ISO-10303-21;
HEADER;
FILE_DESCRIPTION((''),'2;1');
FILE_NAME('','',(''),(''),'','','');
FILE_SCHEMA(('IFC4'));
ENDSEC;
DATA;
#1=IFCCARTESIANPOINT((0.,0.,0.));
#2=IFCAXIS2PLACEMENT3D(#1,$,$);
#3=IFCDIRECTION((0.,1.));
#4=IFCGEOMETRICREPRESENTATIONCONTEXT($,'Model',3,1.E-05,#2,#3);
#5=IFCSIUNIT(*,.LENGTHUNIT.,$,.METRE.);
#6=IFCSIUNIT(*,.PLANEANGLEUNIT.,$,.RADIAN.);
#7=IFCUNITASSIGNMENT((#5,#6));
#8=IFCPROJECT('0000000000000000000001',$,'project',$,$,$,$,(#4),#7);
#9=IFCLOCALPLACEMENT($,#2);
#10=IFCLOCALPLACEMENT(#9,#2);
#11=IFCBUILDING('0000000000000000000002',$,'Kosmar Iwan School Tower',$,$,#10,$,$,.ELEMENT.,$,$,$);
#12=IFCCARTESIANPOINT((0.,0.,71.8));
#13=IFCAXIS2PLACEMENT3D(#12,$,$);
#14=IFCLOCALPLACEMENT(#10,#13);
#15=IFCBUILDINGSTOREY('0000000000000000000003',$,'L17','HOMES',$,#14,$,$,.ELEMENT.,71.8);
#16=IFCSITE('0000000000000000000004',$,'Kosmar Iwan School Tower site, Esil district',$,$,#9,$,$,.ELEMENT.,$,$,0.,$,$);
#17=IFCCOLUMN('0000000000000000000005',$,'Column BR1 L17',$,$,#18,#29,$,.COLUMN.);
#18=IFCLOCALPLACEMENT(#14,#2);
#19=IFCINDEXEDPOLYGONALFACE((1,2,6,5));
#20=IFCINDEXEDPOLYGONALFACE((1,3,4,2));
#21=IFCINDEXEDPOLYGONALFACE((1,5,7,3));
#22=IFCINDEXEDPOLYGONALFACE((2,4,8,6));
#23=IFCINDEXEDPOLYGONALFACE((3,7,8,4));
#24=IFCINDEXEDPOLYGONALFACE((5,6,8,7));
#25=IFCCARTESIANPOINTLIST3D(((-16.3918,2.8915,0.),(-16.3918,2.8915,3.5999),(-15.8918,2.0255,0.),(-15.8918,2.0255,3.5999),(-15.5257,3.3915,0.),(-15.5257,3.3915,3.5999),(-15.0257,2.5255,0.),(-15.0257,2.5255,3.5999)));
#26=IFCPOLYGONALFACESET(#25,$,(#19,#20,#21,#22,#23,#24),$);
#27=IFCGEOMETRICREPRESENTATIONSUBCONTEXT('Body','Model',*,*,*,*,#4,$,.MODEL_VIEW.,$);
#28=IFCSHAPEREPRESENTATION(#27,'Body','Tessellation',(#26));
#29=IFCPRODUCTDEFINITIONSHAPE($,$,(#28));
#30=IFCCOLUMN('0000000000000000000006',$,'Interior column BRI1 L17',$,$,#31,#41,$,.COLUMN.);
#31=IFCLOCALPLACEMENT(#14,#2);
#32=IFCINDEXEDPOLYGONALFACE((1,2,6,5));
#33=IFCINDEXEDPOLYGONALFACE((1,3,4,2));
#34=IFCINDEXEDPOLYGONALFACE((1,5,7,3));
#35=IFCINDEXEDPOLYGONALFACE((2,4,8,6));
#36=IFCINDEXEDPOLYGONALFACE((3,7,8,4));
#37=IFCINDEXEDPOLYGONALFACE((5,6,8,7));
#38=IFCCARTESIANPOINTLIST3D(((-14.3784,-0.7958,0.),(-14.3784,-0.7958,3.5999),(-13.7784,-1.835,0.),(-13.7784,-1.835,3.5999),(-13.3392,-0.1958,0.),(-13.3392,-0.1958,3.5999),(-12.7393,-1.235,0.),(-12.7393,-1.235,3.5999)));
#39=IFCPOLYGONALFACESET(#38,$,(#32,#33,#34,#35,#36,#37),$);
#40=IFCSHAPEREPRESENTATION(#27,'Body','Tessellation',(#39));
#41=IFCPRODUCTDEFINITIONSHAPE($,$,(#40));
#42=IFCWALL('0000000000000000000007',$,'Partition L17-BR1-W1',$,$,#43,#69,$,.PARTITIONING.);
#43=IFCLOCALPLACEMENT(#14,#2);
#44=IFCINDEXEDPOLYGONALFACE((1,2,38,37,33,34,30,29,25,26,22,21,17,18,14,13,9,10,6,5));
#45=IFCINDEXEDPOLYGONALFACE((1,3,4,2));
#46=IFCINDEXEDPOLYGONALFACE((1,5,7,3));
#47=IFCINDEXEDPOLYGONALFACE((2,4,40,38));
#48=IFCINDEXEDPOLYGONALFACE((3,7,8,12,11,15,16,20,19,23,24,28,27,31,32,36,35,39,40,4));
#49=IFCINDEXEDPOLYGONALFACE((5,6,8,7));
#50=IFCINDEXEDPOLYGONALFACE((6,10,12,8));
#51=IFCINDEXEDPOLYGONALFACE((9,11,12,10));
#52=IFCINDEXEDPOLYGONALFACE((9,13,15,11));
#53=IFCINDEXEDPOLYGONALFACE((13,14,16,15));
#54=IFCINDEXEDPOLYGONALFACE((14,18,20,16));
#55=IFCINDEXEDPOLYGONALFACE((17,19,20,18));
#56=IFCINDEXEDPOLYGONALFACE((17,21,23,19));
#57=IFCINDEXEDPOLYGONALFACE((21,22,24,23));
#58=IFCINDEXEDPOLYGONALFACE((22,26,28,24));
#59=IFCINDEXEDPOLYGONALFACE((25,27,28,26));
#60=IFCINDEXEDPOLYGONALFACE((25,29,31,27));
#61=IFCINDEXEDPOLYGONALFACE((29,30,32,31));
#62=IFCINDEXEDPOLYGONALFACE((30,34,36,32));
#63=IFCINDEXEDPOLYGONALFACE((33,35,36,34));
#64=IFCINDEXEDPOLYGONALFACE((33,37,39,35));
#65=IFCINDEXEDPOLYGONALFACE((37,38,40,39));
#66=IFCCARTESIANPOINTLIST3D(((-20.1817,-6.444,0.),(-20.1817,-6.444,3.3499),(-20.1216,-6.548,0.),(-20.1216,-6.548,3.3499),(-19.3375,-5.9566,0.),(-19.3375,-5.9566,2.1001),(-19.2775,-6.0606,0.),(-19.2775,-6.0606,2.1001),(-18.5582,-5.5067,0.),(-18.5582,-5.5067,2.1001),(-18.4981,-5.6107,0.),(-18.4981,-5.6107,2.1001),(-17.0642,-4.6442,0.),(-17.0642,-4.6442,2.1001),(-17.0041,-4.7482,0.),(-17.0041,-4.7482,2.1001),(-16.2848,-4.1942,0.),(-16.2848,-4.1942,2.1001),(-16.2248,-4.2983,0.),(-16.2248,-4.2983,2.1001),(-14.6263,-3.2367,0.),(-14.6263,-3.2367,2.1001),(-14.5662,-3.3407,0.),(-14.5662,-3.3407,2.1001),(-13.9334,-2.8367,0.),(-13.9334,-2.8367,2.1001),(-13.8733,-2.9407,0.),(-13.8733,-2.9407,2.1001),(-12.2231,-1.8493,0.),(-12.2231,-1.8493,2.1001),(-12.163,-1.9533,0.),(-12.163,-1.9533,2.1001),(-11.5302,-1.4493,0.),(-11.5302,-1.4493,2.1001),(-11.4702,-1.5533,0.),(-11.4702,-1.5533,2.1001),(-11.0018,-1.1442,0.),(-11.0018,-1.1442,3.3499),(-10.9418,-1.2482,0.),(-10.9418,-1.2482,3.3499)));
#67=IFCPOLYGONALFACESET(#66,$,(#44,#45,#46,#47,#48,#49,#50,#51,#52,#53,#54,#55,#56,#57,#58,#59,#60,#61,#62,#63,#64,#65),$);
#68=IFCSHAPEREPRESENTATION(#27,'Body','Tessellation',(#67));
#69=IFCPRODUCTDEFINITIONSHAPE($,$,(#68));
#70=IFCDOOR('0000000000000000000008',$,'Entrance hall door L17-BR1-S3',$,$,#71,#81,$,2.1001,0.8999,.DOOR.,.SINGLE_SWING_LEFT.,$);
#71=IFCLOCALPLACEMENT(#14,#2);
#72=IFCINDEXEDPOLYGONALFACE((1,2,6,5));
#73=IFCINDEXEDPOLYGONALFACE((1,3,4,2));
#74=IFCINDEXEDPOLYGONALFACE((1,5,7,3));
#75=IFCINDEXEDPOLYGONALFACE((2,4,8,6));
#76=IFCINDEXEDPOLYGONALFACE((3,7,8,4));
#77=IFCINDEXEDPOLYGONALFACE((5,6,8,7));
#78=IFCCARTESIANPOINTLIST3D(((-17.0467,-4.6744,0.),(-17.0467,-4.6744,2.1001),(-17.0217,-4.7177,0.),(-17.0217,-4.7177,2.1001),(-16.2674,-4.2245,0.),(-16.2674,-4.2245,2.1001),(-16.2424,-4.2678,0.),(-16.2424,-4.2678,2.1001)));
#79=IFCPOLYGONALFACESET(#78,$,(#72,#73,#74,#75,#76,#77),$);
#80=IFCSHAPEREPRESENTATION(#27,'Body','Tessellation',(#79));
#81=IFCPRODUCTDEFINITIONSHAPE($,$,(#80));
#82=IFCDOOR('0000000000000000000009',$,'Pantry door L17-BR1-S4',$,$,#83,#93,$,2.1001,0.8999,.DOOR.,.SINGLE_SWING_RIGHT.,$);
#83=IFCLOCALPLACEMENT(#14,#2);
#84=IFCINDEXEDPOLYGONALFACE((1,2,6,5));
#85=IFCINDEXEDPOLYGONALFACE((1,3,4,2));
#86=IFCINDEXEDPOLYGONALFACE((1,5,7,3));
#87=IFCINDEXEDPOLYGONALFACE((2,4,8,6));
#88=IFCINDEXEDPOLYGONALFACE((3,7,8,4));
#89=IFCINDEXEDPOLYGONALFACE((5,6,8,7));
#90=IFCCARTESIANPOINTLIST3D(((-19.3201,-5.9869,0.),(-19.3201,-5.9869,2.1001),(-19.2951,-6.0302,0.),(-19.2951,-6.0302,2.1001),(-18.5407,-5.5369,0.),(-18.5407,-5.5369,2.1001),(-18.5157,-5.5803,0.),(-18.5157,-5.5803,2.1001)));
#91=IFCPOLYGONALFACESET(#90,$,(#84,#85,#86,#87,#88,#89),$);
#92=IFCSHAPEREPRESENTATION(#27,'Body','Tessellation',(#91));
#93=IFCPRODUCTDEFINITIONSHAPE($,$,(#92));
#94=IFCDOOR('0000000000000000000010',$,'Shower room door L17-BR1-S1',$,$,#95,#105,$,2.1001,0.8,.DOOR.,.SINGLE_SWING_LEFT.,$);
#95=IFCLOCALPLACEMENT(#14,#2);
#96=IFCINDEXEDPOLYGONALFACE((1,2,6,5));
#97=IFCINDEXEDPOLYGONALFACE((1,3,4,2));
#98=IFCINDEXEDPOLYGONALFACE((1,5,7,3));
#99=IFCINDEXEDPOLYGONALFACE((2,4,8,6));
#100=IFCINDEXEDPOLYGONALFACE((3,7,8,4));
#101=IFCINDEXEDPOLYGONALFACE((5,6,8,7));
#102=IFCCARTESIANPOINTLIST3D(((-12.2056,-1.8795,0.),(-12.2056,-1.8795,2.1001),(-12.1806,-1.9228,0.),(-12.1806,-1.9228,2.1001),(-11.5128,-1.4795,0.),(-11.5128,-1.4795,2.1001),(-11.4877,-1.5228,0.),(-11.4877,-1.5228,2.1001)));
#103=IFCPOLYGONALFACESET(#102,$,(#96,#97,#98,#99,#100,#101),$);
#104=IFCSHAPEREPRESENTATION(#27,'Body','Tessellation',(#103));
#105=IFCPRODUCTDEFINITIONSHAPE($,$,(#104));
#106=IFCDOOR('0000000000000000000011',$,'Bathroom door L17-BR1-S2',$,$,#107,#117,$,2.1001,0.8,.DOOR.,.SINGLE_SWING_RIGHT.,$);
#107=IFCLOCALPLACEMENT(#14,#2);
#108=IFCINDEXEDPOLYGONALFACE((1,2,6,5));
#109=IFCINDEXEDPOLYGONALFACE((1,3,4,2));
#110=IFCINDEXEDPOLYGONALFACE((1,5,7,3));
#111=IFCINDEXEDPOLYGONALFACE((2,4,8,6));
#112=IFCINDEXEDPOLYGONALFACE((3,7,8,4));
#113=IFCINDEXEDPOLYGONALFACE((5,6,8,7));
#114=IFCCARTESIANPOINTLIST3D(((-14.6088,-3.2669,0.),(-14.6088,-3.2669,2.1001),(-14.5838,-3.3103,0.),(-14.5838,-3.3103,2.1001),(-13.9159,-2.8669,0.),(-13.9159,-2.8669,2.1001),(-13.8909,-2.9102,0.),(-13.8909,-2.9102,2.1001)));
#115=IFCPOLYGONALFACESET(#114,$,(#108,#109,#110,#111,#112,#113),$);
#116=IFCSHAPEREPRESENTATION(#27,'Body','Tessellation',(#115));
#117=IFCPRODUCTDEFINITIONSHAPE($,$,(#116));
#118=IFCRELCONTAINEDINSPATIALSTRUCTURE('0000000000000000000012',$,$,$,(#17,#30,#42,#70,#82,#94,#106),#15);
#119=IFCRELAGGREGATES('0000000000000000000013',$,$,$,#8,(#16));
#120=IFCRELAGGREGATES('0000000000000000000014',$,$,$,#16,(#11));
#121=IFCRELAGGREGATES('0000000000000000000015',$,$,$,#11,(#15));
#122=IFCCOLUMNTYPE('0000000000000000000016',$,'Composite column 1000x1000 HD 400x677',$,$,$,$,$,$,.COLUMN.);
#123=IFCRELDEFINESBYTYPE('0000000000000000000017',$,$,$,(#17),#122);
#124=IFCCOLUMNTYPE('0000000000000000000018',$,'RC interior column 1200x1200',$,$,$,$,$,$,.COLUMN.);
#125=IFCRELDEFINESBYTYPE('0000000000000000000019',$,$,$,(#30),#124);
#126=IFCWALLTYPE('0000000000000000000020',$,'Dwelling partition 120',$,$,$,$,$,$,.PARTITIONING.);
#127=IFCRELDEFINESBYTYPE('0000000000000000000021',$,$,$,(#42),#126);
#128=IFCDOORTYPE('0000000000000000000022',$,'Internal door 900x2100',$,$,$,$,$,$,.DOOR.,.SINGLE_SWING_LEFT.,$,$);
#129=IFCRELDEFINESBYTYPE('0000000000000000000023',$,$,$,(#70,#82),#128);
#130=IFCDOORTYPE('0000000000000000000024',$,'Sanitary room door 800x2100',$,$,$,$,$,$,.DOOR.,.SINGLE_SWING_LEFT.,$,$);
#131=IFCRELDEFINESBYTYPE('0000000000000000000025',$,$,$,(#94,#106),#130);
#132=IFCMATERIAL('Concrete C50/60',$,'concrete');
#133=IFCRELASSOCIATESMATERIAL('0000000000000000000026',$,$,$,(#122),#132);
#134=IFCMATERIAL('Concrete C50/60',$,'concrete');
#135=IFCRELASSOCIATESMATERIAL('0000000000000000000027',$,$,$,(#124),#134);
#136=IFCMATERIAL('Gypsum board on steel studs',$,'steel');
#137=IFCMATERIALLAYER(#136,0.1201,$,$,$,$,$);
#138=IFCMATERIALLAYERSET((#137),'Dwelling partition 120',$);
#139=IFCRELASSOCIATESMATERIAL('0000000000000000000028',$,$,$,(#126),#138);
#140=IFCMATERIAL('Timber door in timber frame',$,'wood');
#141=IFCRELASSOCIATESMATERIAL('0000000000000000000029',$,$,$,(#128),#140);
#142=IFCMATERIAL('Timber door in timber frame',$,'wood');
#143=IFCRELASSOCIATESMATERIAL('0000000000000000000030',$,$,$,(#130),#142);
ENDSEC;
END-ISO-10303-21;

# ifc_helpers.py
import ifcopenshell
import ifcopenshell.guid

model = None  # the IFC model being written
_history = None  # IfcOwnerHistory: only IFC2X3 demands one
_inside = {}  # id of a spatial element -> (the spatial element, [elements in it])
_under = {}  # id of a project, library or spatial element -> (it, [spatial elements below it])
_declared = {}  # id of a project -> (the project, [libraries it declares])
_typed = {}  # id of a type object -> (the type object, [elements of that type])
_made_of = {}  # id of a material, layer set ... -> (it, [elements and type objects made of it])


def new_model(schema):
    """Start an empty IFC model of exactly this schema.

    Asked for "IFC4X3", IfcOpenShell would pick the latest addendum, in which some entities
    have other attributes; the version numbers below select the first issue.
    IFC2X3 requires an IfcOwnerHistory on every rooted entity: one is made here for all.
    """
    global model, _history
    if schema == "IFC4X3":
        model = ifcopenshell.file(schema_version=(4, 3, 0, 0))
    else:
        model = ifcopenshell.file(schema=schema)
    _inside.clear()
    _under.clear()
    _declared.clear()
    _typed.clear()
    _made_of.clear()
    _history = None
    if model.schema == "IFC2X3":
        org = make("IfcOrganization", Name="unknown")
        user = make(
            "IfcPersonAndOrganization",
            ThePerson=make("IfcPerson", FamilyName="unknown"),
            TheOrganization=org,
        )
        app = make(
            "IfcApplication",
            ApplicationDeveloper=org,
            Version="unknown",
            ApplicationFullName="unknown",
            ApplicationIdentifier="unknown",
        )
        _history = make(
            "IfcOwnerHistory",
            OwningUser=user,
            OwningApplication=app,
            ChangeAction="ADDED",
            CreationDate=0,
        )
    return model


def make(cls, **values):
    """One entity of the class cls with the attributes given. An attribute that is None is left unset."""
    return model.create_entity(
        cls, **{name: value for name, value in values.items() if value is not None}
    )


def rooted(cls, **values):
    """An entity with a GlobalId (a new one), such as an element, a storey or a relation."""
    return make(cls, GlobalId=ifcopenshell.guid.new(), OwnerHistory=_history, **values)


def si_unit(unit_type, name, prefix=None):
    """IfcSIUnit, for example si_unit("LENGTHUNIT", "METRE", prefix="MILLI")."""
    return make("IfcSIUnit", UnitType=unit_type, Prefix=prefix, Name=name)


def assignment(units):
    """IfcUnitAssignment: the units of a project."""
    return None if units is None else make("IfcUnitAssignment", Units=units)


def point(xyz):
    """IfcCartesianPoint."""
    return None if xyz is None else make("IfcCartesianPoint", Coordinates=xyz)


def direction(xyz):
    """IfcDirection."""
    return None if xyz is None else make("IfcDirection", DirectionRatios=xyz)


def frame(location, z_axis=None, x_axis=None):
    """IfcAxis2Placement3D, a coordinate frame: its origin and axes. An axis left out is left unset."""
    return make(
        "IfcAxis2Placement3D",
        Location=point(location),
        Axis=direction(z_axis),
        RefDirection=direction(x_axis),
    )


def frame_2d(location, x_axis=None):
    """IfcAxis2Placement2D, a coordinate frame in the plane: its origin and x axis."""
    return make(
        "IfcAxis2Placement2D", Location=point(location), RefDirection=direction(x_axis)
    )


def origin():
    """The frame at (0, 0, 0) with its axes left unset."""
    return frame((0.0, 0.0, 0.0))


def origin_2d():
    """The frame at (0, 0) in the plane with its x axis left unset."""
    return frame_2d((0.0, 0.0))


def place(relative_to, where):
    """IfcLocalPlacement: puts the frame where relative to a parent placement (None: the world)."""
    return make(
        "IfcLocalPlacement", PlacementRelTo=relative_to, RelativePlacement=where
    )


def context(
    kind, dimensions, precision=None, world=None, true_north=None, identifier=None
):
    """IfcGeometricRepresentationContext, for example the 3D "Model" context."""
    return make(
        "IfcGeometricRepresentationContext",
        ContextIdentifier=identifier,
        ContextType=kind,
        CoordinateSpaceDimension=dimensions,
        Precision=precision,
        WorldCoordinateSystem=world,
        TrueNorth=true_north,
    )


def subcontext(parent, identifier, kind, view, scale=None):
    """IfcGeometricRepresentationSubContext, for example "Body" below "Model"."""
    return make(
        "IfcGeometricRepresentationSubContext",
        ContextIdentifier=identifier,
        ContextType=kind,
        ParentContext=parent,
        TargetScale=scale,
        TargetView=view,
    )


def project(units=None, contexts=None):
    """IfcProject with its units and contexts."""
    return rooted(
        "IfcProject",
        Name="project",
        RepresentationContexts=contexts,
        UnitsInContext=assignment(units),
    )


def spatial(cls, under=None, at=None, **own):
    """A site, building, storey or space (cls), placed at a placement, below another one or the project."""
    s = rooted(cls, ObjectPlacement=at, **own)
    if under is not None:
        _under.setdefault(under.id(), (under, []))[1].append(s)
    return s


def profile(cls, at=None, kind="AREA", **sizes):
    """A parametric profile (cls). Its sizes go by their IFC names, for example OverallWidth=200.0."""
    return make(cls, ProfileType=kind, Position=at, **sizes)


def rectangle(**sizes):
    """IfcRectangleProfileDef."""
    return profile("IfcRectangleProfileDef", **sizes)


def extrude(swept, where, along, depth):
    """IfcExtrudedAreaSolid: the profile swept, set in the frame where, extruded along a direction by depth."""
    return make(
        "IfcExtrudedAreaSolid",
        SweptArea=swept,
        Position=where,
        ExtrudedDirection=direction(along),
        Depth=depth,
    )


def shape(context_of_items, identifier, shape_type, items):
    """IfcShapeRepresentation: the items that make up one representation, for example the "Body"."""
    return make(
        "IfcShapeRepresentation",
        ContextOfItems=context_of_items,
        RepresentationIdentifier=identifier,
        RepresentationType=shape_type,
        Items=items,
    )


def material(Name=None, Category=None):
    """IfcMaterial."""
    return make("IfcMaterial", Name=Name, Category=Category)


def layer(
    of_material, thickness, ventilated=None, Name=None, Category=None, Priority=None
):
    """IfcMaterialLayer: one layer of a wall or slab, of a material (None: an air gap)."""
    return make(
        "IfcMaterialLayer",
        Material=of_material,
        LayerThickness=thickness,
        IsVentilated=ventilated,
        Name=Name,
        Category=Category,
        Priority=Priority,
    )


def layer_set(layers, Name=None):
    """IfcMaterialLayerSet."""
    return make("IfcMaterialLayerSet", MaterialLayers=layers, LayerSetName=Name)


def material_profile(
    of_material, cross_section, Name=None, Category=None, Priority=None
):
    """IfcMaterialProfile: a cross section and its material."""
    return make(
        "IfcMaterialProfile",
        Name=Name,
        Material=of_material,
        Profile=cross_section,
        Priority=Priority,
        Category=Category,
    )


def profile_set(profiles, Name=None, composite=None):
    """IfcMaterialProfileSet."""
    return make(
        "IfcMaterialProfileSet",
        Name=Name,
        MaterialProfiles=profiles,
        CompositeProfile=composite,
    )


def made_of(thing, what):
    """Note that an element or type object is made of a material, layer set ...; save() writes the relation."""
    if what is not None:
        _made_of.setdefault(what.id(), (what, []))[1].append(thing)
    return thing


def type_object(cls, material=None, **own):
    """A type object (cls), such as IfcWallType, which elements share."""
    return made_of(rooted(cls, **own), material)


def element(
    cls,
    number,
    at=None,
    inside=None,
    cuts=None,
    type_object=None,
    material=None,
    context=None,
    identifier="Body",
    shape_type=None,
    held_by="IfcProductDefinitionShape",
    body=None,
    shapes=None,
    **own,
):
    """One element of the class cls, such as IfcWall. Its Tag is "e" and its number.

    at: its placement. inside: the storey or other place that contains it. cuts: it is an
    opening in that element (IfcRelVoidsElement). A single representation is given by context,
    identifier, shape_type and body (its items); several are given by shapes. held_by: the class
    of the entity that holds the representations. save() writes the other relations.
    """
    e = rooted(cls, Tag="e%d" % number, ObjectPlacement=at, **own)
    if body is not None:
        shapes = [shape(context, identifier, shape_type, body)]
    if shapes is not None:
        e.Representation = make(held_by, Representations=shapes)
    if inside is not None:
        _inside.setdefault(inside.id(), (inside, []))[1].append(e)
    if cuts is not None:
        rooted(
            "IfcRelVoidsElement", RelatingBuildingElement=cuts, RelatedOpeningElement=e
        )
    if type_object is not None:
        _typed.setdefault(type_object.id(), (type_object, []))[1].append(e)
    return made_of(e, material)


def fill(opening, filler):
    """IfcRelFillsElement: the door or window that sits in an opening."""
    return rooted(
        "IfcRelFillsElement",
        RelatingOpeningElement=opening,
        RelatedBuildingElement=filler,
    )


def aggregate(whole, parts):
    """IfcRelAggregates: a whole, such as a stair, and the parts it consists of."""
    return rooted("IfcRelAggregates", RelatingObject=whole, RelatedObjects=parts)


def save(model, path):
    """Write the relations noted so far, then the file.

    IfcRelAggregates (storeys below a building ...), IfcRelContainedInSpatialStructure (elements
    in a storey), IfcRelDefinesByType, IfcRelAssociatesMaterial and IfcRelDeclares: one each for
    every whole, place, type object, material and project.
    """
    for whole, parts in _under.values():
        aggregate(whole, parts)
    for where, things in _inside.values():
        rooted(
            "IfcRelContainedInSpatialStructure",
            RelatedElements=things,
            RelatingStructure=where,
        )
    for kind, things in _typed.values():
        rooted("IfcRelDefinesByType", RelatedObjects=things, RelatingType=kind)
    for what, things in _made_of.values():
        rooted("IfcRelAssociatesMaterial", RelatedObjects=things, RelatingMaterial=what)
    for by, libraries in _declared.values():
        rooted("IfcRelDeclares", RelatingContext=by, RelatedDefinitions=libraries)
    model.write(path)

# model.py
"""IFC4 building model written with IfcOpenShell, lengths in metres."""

from ifc_helpers import new_model, si_unit, direction, frame, frame_2d, origin, origin_2d, place, context, subcontext, project, spatial, rectangle, extrude, material, layer, layer_set, material_profile, profile_set, type_object, element, fill, save


model = new_model("IFC4")

# Units and contexts
model_context = context("Model", 3, precision=1e-05, world=origin(), true_north=direction((0.0, 1.0)))
body_context = subcontext(model_context, "Body", "Model", "MODEL_VIEW")
ifc_project = project(units=[si_unit("LENGTHUNIT", "METRE"), si_unit("PLANEANGLEUNIT", "RADIAN")], contexts=[model_context])

# Site, building, storey
site_placement = place(None, origin())
site = spatial("IfcSite", under=ifc_project, at=site_placement, Name="Kosmar Iwan School Tower site, Esil district", CompositionType="ELEMENT", RefElevation=0.0)
building_placement = place(site_placement, origin())
building = spatial("IfcBuilding", under=site, at=building_placement, Name="Kosmar Iwan School Tower", CompositionType="ELEMENT")
storey_placement = place(building_placement, frame((0.0, 0.0, 71.8)))
storey = spatial("IfcBuildingStorey", under=building, at=storey_placement, Name="L17", Description="HOMES", CompositionType="ELEMENT", Elevation=71.8)

# Columns
ifc_material_1 = material(Name="Concrete C50/60", Category="concrete")
ifc_material_profile_1 = material_profile(ifc_material_1, rectangle(XDim=1.0, YDim=1.0, at=origin_2d()), Name="RC 1000x1000 + HD 400x677")
ifc_profile_set_1 = profile_set([ifc_material_profile_1], Name="Concrete C50/60")
column_type_1 = type_object("IfcColumnType", Name="Composite column 1000x1000 HD 400x677", PredefinedType="COLUMN", material=ifc_profile_set_1)
column_1_placement = place(storey_placement, frame((-15.7087, 2.7085, 0.0), z_axis=(0.0, 0.0, 1.0), x_axis=(-0.866025, -0.5, 0.0)))
element("IfcColumn", 1, at=column_1_placement, inside=storey, type_object=column_type_1, Name="Column BR1 L17", PredefinedType="COLUMN", context=body_context, shape_type="SweptSolid", body=[
    extrude(rectangle(XDim=1.0, YDim=1.0, at=origin_2d()), origin(), (0.0, 0.0, 1.0), 3.5999),
])
ifc_material_2 = material(Name="Concrete C50/60", Category="concrete")
ifc_material_profile_2 = material_profile(ifc_material_2, rectangle(XDim=1.2, YDim=1.2, at=origin_2d()), Name="RC 1200x1200")
ifc_profile_set_2 = profile_set([ifc_material_profile_2], Name="Concrete C50/60")
column_type_2 = type_object("IfcColumnType", Name="RC interior column 1200x1200", PredefinedType="COLUMN", material=ifc_profile_set_2)
column_2_placement = place(storey_placement, frame((-13.5588, -1.0154, 0.0), z_axis=(0.0, 0.0, 1.0), x_axis=(-0.866025, -0.5, 0.0)))
element("IfcColumn", 2, at=column_2_placement, inside=storey, type_object=column_type_2, Name="Interior column BRI1 L17", PredefinedType="COLUMN", context=body_context, shape_type="SweptSolid", body=[
    extrude(rectangle(XDim=1.2, YDim=1.2, at=origin_2d()), origin(), (0.0, 0.0, 1.0), 3.5999),
])

# Wall, openings, doors
ifc_material_3 = material(Name="Gypsum board on steel studs", Category="steel")
ifc_layer = layer(ifc_material_3, 0.1201)
ifc_layer_set = layer_set([ifc_layer], Name="Dwelling partition 120")
wall_type = type_object("IfcWallType", Name="Dwelling partition 120", PredefinedType="PARTITIONING", material=ifc_layer_set)
wall_1_placement = place(storey_placement, frame((-10.9719, -1.1963, 0.0), z_axis=(0.0, 0.0, 1.0), x_axis=(-0.866035, -0.499984, 0.0)))
wall_1 = element("IfcWall", 3, at=wall_1_placement, inside=storey, type_object=wall_type, Name="Partition L17-BR1-W1", PredefinedType="PARTITIONING", context=body_context, shape_type="SweptSolid", body=[
    extrude(rectangle(XDim=10.5999, YDim=0.1201, at=frame_2d((5.2998, 0.0))), origin(), (0.0, 0.0, 1.0), 3.3499),
])
opening_1_placement = place(wall_1_placement, frame((0.6101, 0.0, 0.0)))
opening_1 = element("IfcOpeningElement", 4, at=opening_1_placement, cuts=wall_1, PredefinedType="OPENING", context=body_context, shape_type="SweptSolid", body=[
    extrude(rectangle(XDim=0.8, YDim=2.1001, at=frame_2d((0.3999, 1.05))), frame((0.0, 0.072, 0.0), z_axis=(0.0, -1.0, 0.0), x_axis=(1.0, 0.0, 0.0)), (0.0, 0.0, 1.0), 0.144),
])
opening_2_placement = place(wall_1_placement, frame((3.385, 0.0, 0.0)))
opening_2 = element("IfcOpeningElement", 5, at=opening_2_placement, cuts=wall_1, PredefinedType="OPENING", context=body_context, shape_type="SweptSolid", body=[
    extrude(rectangle(XDim=0.8, YDim=2.1001, at=frame_2d((0.3999, 1.05))), frame((0.0, 0.072, 0.0), z_axis=(0.0, -1.0, 0.0), x_axis=(1.0, 0.0, 0.0)), (0.0, 0.0, 1.0), 0.144),
])
opening_3_placement = place(wall_1_placement, frame((6.1001, 0.0, 0.0)))
opening_3 = element("IfcOpeningElement", 6, at=opening_3_placement, cuts=wall_1, PredefinedType="OPENING", context=body_context, shape_type="SweptSolid", body=[
    extrude(rectangle(XDim=0.8999, YDim=2.1001, at=frame_2d((0.45, 1.05))), frame((0.0, 0.072, 0.0), z_axis=(0.0, -1.0, 0.0), x_axis=(1.0, 0.0, 0.0)), (0.0, 0.0, 1.0), 0.144),
])
opening_4_placement = place(wall_1_placement, frame((8.7251, 0.0, 0.0)))
opening_4 = element("IfcOpeningElement", 7, at=opening_4_placement, cuts=wall_1, PredefinedType="OPENING", context=body_context, shape_type="SweptSolid", body=[
    extrude(rectangle(XDim=0.8999, YDim=2.1001, at=frame_2d((0.45, 1.05))), frame((0.0, 0.072, 0.0), z_axis=(0.0, -1.0, 0.0), x_axis=(1.0, 0.0, 0.0)), (0.0, 0.0, 1.0), 0.144),
])
ifc_material_4 = material(Name="Timber door in timber frame", Category="wood")
door_type_1 = type_object("IfcDoorType", Name="Internal door 900x2100", OperationType="SINGLE_SWING_LEFT", PredefinedType="DOOR", material=ifc_material_4)
door_1_placement = place(opening_3_placement, origin())
door_1 = element("IfcDoor", 8, at=door_1_placement, inside=storey, type_object=door_type_1, Name="Entrance hall door L17-BR1-S3", OperationType="SINGLE_SWING_LEFT", OverallHeight=2.1001, OverallWidth=0.8999, PredefinedType="DOOR", context=body_context, shape_type="SweptSolid", body=[
    extrude(rectangle(XDim=0.8999, YDim=2.1001, at=frame_2d((0.45, 1.05))), frame((0.0, 0.0249, 0.0), z_axis=(0.0, -1.0, 0.0), x_axis=(1.0, 0.0, 0.0)), (0.0, 0.0, 1.0), 0.05),
])
fill(opening_3, door_1)
door_2_placement = place(opening_4_placement, origin())
door_2 = element("IfcDoor", 9, at=door_2_placement, inside=storey, type_object=door_type_1, Name="Pantry door L17-BR1-S4", OperationType="SINGLE_SWING_RIGHT", OverallHeight=2.1001, OverallWidth=0.8999, PredefinedType="DOOR", context=body_context, shape_type="SweptSolid", body=[
    extrude(rectangle(XDim=0.8999, YDim=2.1001, at=frame_2d((0.45, 1.05))), frame((0.0, 0.0249, 0.0), z_axis=(0.0, -1.0, 0.0), x_axis=(1.0, 0.0, 0.0)), (0.0, 0.0, 1.0), 0.05),
])
fill(opening_4, door_2)
ifc_material_5 = material(Name="Timber door in timber frame", Category="wood")
door_type_2 = type_object("IfcDoorType", Name="Sanitary room door 800x2100", OperationType="SINGLE_SWING_LEFT", PredefinedType="DOOR", material=ifc_material_5)
door_3_placement = place(opening_1_placement, origin())
door_3 = element("IfcDoor", 10, at=door_3_placement, inside=storey, type_object=door_type_2, Name="Shower room door L17-BR1-S1", OperationType="SINGLE_SWING_LEFT", OverallHeight=2.1001, OverallWidth=0.8, PredefinedType="DOOR", context=body_context, shape_type="SweptSolid", body=[
    extrude(rectangle(XDim=0.8, YDim=2.1001, at=frame_2d((0.3999, 1.05))), frame((0.0, 0.0249, 0.0), z_axis=(0.0, -1.0, 0.0), x_axis=(1.0, 0.0, 0.0)), (0.0, 0.0, 1.0), 0.05),
])
fill(opening_1, door_3)
door_4_placement = place(opening_2_placement, origin())
door_4 = element("IfcDoor", 11, at=door_4_placement, inside=storey, type_object=door_type_2, Name="Bathroom door L17-BR1-S2", OperationType="SINGLE_SWING_RIGHT", OverallHeight=2.1001, OverallWidth=0.8, PredefinedType="DOOR", context=body_context, shape_type="SweptSolid", body=[
    extrude(rectangle(XDim=0.8, YDim=2.1001, at=frame_2d((0.3999, 1.05))), frame((0.0, 0.0249, 0.0), z_axis=(0.0, -1.0, 0.0), x_axis=(1.0, 0.0, 0.0)), (0.0, 0.0, 1.0), 0.05),
])
fill(opening_2, door_4)

save(model, "model.ifc")
